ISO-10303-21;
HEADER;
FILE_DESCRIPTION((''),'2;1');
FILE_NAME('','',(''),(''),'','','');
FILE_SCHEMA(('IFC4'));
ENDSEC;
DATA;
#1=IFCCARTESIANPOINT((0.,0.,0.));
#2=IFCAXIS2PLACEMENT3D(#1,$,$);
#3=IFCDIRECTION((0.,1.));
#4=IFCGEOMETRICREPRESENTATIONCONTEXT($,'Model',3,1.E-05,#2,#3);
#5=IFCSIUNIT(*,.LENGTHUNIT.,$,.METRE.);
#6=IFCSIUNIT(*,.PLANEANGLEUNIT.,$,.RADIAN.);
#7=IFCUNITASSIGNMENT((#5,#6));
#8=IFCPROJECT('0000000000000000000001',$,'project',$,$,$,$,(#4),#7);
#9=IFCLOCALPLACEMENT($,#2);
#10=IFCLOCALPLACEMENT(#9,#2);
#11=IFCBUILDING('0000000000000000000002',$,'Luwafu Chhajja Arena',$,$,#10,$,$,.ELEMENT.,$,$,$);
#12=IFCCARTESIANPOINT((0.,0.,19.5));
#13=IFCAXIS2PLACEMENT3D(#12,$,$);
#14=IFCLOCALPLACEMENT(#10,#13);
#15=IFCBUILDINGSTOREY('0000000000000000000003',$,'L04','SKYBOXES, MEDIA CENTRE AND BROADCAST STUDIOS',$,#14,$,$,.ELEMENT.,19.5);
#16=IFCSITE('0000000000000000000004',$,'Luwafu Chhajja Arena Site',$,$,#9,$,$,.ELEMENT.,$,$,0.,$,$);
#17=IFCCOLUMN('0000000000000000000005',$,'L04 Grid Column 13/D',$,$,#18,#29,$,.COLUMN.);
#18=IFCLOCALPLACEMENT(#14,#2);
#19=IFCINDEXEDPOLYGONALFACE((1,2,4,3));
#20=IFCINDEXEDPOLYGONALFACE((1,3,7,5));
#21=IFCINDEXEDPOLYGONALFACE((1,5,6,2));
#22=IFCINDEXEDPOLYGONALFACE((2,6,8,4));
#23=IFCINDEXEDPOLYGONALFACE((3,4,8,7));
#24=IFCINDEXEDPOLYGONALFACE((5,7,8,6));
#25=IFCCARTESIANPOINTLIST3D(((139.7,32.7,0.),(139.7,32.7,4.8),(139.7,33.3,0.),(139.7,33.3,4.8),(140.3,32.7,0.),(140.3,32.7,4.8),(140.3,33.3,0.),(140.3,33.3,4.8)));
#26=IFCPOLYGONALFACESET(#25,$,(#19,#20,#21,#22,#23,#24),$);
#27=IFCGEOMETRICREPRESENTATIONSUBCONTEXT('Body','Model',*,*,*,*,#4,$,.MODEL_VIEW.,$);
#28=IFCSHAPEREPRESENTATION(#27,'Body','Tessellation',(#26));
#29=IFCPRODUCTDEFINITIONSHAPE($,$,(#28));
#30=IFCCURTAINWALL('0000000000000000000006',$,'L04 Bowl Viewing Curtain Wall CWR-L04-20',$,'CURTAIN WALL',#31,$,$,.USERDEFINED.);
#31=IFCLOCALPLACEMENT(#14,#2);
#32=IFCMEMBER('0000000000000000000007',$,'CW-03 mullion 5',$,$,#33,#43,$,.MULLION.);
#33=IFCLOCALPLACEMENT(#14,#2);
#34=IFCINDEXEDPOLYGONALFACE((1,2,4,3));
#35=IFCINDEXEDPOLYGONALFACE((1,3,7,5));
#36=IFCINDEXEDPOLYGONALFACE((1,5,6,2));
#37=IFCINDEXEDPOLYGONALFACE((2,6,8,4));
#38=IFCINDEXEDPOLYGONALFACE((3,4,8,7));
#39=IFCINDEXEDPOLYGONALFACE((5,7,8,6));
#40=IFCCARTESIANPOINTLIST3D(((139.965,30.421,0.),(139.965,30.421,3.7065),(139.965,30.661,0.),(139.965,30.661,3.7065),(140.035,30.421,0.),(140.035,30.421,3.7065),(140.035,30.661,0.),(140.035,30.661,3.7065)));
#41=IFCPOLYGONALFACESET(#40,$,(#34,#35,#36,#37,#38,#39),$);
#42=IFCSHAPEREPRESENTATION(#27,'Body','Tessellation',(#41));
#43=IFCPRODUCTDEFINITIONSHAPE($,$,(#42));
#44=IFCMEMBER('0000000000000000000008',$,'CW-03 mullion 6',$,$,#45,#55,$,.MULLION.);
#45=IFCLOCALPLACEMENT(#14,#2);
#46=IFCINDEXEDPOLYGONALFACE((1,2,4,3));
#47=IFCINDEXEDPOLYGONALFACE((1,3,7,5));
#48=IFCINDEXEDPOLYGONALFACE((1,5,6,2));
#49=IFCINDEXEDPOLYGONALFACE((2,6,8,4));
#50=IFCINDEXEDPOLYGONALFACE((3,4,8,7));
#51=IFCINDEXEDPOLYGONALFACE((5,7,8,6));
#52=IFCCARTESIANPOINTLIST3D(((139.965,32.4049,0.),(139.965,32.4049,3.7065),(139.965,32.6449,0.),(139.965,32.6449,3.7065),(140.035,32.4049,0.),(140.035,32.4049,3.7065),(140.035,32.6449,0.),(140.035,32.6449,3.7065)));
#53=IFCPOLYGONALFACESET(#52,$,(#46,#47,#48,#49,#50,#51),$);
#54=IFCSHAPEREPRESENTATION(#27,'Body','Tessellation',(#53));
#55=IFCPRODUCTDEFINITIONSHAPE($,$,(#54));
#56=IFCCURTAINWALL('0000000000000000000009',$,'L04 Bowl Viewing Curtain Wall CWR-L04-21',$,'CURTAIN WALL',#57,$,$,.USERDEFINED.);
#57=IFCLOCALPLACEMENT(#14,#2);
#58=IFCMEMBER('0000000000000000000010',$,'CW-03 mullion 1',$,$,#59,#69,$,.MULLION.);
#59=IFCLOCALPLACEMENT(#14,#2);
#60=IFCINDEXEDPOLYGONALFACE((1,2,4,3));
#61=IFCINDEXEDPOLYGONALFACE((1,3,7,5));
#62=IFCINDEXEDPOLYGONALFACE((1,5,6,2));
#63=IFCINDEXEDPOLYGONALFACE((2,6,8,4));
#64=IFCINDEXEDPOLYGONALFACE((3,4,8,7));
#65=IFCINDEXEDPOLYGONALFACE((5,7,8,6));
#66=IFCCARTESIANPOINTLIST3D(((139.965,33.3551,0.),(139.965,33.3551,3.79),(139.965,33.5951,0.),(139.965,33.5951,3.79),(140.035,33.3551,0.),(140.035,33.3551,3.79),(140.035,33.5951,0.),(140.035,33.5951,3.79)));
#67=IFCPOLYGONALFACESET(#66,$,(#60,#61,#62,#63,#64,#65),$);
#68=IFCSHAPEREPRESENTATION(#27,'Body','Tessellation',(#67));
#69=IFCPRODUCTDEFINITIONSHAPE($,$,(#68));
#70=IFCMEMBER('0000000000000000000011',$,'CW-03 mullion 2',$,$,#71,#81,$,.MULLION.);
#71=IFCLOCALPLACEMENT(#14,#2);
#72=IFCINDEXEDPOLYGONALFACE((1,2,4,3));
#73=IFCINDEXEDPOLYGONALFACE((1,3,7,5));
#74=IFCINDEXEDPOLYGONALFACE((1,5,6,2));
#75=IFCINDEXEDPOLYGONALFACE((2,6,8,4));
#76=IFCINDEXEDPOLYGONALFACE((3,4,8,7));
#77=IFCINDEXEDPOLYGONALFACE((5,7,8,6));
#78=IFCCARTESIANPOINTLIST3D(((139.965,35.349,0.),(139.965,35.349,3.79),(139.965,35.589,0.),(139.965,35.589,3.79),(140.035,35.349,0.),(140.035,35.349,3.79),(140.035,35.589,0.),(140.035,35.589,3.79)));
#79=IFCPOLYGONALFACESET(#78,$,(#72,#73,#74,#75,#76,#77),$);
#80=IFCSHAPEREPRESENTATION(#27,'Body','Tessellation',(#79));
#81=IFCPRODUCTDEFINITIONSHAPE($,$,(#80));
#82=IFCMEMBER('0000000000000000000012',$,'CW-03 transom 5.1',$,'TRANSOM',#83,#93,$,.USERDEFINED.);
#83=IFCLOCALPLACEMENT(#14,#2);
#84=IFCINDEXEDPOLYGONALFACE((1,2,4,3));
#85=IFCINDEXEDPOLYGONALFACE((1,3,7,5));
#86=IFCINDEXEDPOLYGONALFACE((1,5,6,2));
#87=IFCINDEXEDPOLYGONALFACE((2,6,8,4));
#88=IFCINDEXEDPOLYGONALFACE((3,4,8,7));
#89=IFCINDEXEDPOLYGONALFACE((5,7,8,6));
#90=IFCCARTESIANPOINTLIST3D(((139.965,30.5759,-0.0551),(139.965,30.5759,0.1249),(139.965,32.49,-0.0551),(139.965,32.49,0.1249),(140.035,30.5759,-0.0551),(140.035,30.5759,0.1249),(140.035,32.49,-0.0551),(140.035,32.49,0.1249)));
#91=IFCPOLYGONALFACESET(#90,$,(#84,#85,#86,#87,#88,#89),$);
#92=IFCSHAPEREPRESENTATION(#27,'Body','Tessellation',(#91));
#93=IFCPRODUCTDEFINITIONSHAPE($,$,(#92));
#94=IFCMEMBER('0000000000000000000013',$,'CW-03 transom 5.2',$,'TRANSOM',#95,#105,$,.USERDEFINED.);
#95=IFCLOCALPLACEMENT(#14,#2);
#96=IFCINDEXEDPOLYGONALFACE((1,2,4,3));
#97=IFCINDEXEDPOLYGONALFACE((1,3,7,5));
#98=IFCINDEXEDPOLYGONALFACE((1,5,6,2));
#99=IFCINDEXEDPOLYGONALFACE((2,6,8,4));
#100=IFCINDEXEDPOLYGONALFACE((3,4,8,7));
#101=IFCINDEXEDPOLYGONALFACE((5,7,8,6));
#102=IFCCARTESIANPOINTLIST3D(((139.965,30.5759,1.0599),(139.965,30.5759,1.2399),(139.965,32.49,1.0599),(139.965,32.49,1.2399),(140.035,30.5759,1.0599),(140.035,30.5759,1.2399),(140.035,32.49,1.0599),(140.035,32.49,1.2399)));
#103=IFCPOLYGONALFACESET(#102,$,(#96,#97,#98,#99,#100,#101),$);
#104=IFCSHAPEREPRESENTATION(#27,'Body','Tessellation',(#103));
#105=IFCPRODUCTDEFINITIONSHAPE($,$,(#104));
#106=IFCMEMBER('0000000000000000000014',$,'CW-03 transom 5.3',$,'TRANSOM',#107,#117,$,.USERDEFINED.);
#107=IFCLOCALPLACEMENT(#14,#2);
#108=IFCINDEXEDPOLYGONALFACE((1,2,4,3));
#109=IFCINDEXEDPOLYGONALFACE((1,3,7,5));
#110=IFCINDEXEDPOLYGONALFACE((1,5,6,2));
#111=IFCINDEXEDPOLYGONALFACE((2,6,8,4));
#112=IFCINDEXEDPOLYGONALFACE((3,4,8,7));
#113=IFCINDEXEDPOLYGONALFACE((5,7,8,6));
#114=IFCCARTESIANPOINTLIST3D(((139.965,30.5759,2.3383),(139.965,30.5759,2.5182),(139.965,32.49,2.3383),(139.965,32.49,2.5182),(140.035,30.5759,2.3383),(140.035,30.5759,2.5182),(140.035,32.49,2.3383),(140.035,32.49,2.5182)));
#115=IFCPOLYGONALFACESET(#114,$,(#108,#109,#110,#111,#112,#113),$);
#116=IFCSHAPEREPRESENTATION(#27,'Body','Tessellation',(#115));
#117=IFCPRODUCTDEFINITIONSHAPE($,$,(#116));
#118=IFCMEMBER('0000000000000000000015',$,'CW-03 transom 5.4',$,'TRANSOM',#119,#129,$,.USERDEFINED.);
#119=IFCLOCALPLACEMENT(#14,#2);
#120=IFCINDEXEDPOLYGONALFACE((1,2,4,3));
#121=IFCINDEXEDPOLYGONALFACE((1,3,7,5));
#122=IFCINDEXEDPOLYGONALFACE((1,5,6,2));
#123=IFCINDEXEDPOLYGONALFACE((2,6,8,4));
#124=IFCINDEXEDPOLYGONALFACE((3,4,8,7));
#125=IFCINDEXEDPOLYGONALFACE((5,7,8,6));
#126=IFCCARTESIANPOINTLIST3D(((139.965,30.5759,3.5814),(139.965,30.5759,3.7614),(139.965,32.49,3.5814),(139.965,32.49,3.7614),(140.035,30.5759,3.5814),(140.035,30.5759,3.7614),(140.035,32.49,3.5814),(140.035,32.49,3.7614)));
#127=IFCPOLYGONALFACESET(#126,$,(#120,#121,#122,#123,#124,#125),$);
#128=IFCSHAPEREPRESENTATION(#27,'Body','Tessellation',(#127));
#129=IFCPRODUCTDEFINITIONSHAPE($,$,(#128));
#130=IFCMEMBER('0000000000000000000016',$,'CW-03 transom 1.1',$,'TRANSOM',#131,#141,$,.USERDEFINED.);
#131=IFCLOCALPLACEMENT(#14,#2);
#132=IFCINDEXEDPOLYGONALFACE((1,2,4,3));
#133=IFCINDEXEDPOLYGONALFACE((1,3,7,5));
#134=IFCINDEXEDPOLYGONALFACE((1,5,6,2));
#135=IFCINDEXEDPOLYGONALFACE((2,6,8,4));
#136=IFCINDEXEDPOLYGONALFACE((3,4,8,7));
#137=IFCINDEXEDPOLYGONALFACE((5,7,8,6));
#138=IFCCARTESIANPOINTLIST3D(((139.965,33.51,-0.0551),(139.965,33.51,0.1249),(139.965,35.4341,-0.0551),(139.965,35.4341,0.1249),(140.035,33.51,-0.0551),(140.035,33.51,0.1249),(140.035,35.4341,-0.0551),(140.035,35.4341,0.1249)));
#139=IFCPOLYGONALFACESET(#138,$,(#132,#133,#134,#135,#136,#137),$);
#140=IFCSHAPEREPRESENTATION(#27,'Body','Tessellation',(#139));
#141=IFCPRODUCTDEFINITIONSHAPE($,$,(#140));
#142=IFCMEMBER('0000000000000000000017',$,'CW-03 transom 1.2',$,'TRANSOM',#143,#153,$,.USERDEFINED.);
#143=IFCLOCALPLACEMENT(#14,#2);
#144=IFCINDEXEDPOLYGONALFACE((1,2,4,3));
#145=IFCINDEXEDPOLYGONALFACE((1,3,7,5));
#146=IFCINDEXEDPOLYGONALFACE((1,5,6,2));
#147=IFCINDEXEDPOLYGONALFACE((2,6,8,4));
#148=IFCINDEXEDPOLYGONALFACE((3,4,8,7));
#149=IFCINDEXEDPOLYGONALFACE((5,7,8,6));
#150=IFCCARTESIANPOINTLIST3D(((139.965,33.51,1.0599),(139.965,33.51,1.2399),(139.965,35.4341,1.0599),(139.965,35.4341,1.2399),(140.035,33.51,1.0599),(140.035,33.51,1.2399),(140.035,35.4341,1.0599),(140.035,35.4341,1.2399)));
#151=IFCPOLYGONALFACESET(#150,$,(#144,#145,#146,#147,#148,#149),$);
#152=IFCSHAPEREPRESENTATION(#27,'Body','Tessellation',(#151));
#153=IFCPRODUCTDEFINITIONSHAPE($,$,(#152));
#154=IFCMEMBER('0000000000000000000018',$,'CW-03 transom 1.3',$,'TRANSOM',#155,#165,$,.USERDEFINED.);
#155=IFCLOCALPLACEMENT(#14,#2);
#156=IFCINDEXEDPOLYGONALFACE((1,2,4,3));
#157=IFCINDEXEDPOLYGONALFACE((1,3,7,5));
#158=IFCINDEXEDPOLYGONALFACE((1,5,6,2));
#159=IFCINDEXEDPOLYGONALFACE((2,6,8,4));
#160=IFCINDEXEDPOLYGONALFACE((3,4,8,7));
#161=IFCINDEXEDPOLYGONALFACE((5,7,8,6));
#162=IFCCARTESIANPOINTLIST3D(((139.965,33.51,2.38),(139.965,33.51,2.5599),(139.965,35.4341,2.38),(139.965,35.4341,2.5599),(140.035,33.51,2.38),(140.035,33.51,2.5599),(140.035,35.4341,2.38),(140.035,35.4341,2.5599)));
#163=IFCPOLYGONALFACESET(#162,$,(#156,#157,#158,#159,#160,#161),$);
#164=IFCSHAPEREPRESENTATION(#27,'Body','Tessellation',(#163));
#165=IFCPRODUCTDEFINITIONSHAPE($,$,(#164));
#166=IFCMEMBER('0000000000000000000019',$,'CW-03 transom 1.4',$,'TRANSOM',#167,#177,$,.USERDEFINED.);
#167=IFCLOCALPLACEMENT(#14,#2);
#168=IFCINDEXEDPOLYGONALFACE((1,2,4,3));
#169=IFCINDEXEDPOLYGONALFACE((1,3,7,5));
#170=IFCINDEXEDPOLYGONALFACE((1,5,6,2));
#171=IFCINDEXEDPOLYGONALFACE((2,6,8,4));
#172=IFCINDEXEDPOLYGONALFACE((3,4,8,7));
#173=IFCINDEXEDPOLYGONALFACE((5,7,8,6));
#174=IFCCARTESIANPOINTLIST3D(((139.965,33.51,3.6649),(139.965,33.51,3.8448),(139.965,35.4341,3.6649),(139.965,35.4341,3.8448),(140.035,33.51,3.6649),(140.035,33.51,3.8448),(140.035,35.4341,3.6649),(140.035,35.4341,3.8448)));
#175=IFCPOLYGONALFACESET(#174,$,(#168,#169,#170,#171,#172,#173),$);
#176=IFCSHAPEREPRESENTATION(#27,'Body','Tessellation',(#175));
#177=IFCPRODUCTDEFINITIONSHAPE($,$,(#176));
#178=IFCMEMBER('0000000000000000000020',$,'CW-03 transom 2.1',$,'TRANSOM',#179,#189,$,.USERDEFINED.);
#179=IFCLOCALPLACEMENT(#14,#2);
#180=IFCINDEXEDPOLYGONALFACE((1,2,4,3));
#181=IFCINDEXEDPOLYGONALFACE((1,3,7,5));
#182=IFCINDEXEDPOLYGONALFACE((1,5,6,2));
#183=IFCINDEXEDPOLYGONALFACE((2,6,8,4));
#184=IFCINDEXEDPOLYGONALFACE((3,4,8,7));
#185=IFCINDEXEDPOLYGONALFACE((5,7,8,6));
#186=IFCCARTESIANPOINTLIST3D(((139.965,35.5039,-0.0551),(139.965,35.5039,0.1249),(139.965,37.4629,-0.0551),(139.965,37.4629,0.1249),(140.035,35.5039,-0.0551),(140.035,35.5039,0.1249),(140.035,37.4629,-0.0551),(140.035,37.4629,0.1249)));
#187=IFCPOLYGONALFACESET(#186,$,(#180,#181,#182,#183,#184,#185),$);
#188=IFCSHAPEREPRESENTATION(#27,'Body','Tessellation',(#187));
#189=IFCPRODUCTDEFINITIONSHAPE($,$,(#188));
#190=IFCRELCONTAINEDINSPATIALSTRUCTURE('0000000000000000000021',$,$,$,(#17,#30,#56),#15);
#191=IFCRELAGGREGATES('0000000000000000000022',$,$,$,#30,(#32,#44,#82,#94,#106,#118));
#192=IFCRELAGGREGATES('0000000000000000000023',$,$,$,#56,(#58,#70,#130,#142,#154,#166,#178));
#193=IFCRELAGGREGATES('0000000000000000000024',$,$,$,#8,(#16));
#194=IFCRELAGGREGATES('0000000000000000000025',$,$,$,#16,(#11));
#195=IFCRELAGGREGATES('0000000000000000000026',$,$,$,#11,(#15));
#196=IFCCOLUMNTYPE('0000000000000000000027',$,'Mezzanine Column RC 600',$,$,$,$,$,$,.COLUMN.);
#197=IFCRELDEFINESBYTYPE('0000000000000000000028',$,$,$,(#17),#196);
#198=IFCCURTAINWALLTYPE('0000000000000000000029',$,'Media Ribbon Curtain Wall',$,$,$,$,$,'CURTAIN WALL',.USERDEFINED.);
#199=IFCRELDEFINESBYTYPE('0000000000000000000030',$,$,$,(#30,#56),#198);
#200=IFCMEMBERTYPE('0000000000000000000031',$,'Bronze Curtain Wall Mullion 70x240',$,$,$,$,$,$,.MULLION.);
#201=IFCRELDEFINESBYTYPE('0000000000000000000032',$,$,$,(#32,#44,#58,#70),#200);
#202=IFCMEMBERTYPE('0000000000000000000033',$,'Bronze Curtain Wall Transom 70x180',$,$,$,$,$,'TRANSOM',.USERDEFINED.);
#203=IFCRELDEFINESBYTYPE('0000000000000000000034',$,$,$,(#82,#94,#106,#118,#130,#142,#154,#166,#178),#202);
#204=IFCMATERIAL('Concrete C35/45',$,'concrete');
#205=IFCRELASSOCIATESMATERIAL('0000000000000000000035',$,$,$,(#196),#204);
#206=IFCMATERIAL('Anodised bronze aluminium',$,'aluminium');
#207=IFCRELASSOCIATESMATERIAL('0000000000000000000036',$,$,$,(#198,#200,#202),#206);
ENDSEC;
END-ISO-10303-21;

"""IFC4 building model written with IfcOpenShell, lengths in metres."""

from ifc_helpers import new_model, si_unit, direction, frame, origin, origin_2d, place, context, subcontext, project, spatial, rectangle, extrude, material, material_profile, profile_set, type_object, element, aggregate, save


model = new_model("IFC4")

# Units and contexts
model_context = context("Model", 3, precision=1e-05, world=origin(), true_north=direction((0.0, 1.0)))
body_context = subcontext(model_context, "Body", "Model", "MODEL_VIEW")
ifc_project = project(units=[si_unit("LENGTHUNIT", "METRE"), si_unit("PLANEANGLEUNIT", "RADIAN")], contexts=[model_context])

# Site, building, storey
site_placement = place(None, origin())
site = spatial("IfcSite", under=ifc_project, at=site_placement, Name="Luwafu Chhajja Arena Site", CompositionType="ELEMENT", RefElevation=0.0)
building_placement = place(site_placement, origin())
building = spatial("IfcBuilding", under=site, at=building_placement, Name="Luwafu Chhajja Arena", CompositionType="ELEMENT")
storey_placement = place(building_placement, frame((0.0, 0.0, 19.5)))
storey = spatial("IfcBuildingStorey", under=building, at=storey_placement, Name="L04", Description="SKYBOXES, MEDIA CENTRE AND BROADCAST STUDIOS", CompositionType="ELEMENT", Elevation=19.5)

# Column
ifc_material_1 = material(Name="Concrete C35/45", Category="concrete")
ifc_material_profile_1 = material_profile(ifc_material_1, rectangle(XDim=0.6001, YDim=0.6001, at=origin_2d()), Name="RC 600x600")
ifc_profile_set_1 = profile_set([ifc_material_profile_1], Name="Concrete C35/45")
column_type = type_object("IfcColumnType", Name="Mezzanine Column RC 600", PredefinedType="COLUMN", material=ifc_profile_set_1)
column_placement = place(storey_placement, frame((140.0, 33.0, 0.0), z_axis=(0.0, 0.0, 1.0), x_axis=(1.0, 0.0, 0.0)))
element("IfcColumn", 1, at=column_placement, inside=storey, type_object=column_type, Name="L04 Grid Column 13/D", PredefinedType="COLUMN", context=body_context, shape_type="SweptSolid", body=[
    extrude(rectangle(XDim=0.6001, YDim=0.6001, at=origin_2d()), origin(), (0.0, 0.0, 1.0), 4.8),
])

# Curtain walls, members
ifc_material_2 = material(Name="Anodised bronze aluminium", Category="aluminium")
curtain_wall_type = type_object("IfcCurtainWallType", Name="Media Ribbon Curtain Wall", ElementType="CURTAIN WALL", PredefinedType="USERDEFINED", material=ifc_material_2)
curtain_wall_1_placement = place(storey_placement, origin())
curtain_wall_1 = element("IfcCurtainWall", 2, at=curtain_wall_1_placement, inside=storey, type_object=curtain_wall_type, Name="L04 Bowl Viewing Curtain Wall CWR-L04-20", ObjectType="CURTAIN WALL", PredefinedType="USERDEFINED")
ifc_material_profile_2 = material_profile(ifc_material_2, rectangle(XDim=0.0701, YDim=0.24, at=origin_2d()), Name="CWM 70x240")
ifc_profile_set_2 = profile_set([ifc_material_profile_2], Name="Anodised bronze aluminium")
member_type_1 = type_object("IfcMemberType", Name="Bronze Curtain Wall Mullion 70x240", PredefinedType="MULLION", material=ifc_profile_set_2)
member_1_placement = place(storey_placement, frame((140.0, 30.541, 0.0), z_axis=(0.0, 0.0, 1.0), x_axis=(-1.0, 0.0, 0.0)))
member_1 = element("IfcMember", 3, at=member_1_placement, type_object=member_type_1, Name="CW-03 mullion 5", PredefinedType="MULLION", context=body_context, shape_type="SweptSolid", body=[
    extrude(rectangle(XDim=0.0701, YDim=0.24, at=origin_2d()), origin(), (0.0, 0.0, 1.0), 3.7065),
])
member_2_placement = place(storey_placement, frame((140.0, 32.5249, 0.0), z_axis=(0.0, 0.0, 1.0), x_axis=(-1.0, 0.0, 0.0)))
member_2 = element("IfcMember", 4, at=member_2_placement, type_object=member_type_1, Name="CW-03 mullion 6", PredefinedType="MULLION", context=body_context, shape_type="SweptSolid", body=[
    extrude(rectangle(XDim=0.0701, YDim=0.24, at=origin_2d()), origin(), (0.0, 0.0, 1.0), 3.7065),
])
curtain_wall_2_placement = place(storey_placement, origin())
curtain_wall_2 = element("IfcCurtainWall", 5, at=curtain_wall_2_placement, inside=storey, type_object=curtain_wall_type, Name="L04 Bowl Viewing Curtain Wall CWR-L04-21", ObjectType="CURTAIN WALL", PredefinedType="USERDEFINED")
member_3_placement = place(storey_placement, frame((140.0, 33.4751, 0.0), z_axis=(0.0, 0.0, 1.0), x_axis=(-1.0, 0.0, 0.0)))
member_3 = element("IfcMember", 6, at=member_3_placement, type_object=member_type_1, Name="CW-03 mullion 1", PredefinedType="MULLION", context=body_context, shape_type="SweptSolid", body=[
    extrude(rectangle(XDim=0.0701, YDim=0.24, at=origin_2d()), origin(), (0.0, 0.0, 1.0), 3.79),
])
member_4_placement = place(storey_placement, frame((140.0, 35.469, 0.0), z_axis=(0.0, 0.0, 1.0), x_axis=(-1.0, 0.0, 0.0)))
member_4 = element("IfcMember", 7, at=member_4_placement, type_object=member_type_1, Name="CW-03 mullion 2", PredefinedType="MULLION", context=body_context, shape_type="SweptSolid", body=[
    extrude(rectangle(XDim=0.0701, YDim=0.24, at=origin_2d()), origin(), (0.0, 0.0, 1.0), 3.79),
])

# Members
ifc_material_profile_3 = material_profile(ifc_material_2, rectangle(XDim=0.0701, YDim=0.1799, at=origin_2d()), Name="CWT 70x180")
ifc_profile_set_3 = profile_set([ifc_material_profile_3], Name="Anodised bronze aluminium")
member_type_2 = type_object("IfcMemberType", Name="Bronze Curtain Wall Transom 70x180", ElementType="TRANSOM", PredefinedType="USERDEFINED", material=ifc_profile_set_3)
member_5_placement = place(storey_placement, frame((140.0, 30.5759, 0.0349), z_axis=(0.0, 1.0, 0.0), x_axis=(-1.0, 0.0, 0.0)))
member_5 = element("IfcMember", 8, at=member_5_placement, type_object=member_type_2, Name="CW-03 transom 5.1", ObjectType="TRANSOM", PredefinedType="USERDEFINED", context=body_context, shape_type="SweptSolid", body=[
    extrude(rectangle(XDim=0.0701, YDim=0.1799, at=origin_2d()), origin(), (0.0, 0.0, 1.0), 1.9141),
])
member_6_placement = place(storey_placement, frame((140.0, 30.5759, 1.1499), z_axis=(0.0, 1.0, 0.0), x_axis=(-1.0, 0.0, 0.0)))
member_6 = element("IfcMember", 9, at=member_6_placement, type_object=member_type_2, Name="CW-03 transom 5.2", ObjectType="TRANSOM", PredefinedType="USERDEFINED", context=body_context, shape_type="SweptSolid", body=[
    extrude(rectangle(XDim=0.0701, YDim=0.1799, at=origin_2d()), origin(), (0.0, 0.0, 1.0), 1.9141),
])
member_7_placement = place(storey_placement, frame((140.0, 30.5759, 2.4282), z_axis=(0.0, 1.0, 0.0), x_axis=(-1.0, 0.0, 0.0)))
member_7 = element("IfcMember", 10, at=member_7_placement, type_object=member_type_2, Name="CW-03 transom 5.3", ObjectType="TRANSOM", PredefinedType="USERDEFINED", context=body_context, shape_type="SweptSolid", body=[
    extrude(rectangle(XDim=0.0701, YDim=0.1799, at=origin_2d()), origin(), (0.0, 0.0, 1.0), 1.9141),
])
member_8_placement = place(storey_placement, frame((140.0, 30.5759, 3.6714), z_axis=(0.0, 1.0, 0.0), x_axis=(-1.0, 0.0, 0.0)))
member_8 = element("IfcMember", 11, at=member_8_placement, type_object=member_type_2, Name="CW-03 transom 5.4", ObjectType="TRANSOM", PredefinedType="USERDEFINED", context=body_context, shape_type="SweptSolid", body=[
    extrude(rectangle(XDim=0.0701, YDim=0.1799, at=origin_2d()), origin(), (0.0, 0.0, 1.0), 1.9141),
])
member_9_placement = place(storey_placement, frame((140.0, 33.51, 0.0349), z_axis=(0.0, 1.0, 0.0), x_axis=(-1.0, 0.0, 0.0)))
member_9 = element("IfcMember", 12, at=member_9_placement, type_object=member_type_2, Name="CW-03 transom 1.1", ObjectType="TRANSOM", PredefinedType="USERDEFINED", context=body_context, shape_type="SweptSolid", body=[
    extrude(rectangle(XDim=0.0701, YDim=0.1799, at=origin_2d()), origin(), (0.0, 0.0, 1.0), 1.9241),
])
member_10_placement = place(storey_placement, frame((140.0, 33.51, 1.1499), z_axis=(0.0, 1.0, 0.0), x_axis=(-1.0, 0.0, 0.0)))
member_10 = element("IfcMember", 13, at=member_10_placement, type_object=member_type_2, Name="CW-03 transom 1.2", ObjectType="TRANSOM", PredefinedType="USERDEFINED", context=body_context, shape_type="SweptSolid", body=[
    extrude(rectangle(XDim=0.0701, YDim=0.1799, at=origin_2d()), origin(), (0.0, 0.0, 1.0), 1.9241),
])
member_11_placement = place(storey_placement, frame((140.0, 33.51, 2.47), z_axis=(0.0, 1.0, 0.0), x_axis=(-1.0, 0.0, 0.0)))
member_11 = element("IfcMember", 14, at=member_11_placement, type_object=member_type_2, Name="CW-03 transom 1.3", ObjectType="TRANSOM", PredefinedType="USERDEFINED", context=body_context, shape_type="SweptSolid", body=[
    extrude(rectangle(XDim=0.0701, YDim=0.1799, at=origin_2d()), origin(), (0.0, 0.0, 1.0), 1.9241),
])
member_12_placement = place(storey_placement, frame((140.0, 33.51, 3.7549), z_axis=(0.0, 1.0, 0.0), x_axis=(-1.0, 0.0, 0.0)))
member_12 = element("IfcMember", 15, at=member_12_placement, type_object=member_type_2, Name="CW-03 transom 1.4", ObjectType="TRANSOM", PredefinedType="USERDEFINED", context=body_context, shape_type="SweptSolid", body=[
    extrude(rectangle(XDim=0.0701, YDim=0.1799, at=origin_2d()), origin(), (0.0, 0.0, 1.0), 1.9241),
])
member_13_placement = place(storey_placement, frame((140.0, 35.5039, 0.0349), z_axis=(0.0, 1.0, 0.0), x_axis=(-1.0, 0.0, 0.0)))
member_13 = element("IfcMember", 16, at=member_13_placement, type_object=member_type_2, Name="CW-03 transom 2.1", ObjectType="TRANSOM", PredefinedType="USERDEFINED", context=body_context, shape_type="SweptSolid", body=[
    extrude(rectangle(XDim=0.0701, YDim=0.1799, at=origin_2d()), origin(), (0.0, 0.0, 1.0), 1.959),
])

aggregate(curtain_wall_1, [member_1, member_2, member_5, member_6, member_7, member_8])
aggregate(curtain_wall_2, [member_3, member_4, member_9, member_10, member_11, member_12, member_13])

save(model, "model.ifc")
